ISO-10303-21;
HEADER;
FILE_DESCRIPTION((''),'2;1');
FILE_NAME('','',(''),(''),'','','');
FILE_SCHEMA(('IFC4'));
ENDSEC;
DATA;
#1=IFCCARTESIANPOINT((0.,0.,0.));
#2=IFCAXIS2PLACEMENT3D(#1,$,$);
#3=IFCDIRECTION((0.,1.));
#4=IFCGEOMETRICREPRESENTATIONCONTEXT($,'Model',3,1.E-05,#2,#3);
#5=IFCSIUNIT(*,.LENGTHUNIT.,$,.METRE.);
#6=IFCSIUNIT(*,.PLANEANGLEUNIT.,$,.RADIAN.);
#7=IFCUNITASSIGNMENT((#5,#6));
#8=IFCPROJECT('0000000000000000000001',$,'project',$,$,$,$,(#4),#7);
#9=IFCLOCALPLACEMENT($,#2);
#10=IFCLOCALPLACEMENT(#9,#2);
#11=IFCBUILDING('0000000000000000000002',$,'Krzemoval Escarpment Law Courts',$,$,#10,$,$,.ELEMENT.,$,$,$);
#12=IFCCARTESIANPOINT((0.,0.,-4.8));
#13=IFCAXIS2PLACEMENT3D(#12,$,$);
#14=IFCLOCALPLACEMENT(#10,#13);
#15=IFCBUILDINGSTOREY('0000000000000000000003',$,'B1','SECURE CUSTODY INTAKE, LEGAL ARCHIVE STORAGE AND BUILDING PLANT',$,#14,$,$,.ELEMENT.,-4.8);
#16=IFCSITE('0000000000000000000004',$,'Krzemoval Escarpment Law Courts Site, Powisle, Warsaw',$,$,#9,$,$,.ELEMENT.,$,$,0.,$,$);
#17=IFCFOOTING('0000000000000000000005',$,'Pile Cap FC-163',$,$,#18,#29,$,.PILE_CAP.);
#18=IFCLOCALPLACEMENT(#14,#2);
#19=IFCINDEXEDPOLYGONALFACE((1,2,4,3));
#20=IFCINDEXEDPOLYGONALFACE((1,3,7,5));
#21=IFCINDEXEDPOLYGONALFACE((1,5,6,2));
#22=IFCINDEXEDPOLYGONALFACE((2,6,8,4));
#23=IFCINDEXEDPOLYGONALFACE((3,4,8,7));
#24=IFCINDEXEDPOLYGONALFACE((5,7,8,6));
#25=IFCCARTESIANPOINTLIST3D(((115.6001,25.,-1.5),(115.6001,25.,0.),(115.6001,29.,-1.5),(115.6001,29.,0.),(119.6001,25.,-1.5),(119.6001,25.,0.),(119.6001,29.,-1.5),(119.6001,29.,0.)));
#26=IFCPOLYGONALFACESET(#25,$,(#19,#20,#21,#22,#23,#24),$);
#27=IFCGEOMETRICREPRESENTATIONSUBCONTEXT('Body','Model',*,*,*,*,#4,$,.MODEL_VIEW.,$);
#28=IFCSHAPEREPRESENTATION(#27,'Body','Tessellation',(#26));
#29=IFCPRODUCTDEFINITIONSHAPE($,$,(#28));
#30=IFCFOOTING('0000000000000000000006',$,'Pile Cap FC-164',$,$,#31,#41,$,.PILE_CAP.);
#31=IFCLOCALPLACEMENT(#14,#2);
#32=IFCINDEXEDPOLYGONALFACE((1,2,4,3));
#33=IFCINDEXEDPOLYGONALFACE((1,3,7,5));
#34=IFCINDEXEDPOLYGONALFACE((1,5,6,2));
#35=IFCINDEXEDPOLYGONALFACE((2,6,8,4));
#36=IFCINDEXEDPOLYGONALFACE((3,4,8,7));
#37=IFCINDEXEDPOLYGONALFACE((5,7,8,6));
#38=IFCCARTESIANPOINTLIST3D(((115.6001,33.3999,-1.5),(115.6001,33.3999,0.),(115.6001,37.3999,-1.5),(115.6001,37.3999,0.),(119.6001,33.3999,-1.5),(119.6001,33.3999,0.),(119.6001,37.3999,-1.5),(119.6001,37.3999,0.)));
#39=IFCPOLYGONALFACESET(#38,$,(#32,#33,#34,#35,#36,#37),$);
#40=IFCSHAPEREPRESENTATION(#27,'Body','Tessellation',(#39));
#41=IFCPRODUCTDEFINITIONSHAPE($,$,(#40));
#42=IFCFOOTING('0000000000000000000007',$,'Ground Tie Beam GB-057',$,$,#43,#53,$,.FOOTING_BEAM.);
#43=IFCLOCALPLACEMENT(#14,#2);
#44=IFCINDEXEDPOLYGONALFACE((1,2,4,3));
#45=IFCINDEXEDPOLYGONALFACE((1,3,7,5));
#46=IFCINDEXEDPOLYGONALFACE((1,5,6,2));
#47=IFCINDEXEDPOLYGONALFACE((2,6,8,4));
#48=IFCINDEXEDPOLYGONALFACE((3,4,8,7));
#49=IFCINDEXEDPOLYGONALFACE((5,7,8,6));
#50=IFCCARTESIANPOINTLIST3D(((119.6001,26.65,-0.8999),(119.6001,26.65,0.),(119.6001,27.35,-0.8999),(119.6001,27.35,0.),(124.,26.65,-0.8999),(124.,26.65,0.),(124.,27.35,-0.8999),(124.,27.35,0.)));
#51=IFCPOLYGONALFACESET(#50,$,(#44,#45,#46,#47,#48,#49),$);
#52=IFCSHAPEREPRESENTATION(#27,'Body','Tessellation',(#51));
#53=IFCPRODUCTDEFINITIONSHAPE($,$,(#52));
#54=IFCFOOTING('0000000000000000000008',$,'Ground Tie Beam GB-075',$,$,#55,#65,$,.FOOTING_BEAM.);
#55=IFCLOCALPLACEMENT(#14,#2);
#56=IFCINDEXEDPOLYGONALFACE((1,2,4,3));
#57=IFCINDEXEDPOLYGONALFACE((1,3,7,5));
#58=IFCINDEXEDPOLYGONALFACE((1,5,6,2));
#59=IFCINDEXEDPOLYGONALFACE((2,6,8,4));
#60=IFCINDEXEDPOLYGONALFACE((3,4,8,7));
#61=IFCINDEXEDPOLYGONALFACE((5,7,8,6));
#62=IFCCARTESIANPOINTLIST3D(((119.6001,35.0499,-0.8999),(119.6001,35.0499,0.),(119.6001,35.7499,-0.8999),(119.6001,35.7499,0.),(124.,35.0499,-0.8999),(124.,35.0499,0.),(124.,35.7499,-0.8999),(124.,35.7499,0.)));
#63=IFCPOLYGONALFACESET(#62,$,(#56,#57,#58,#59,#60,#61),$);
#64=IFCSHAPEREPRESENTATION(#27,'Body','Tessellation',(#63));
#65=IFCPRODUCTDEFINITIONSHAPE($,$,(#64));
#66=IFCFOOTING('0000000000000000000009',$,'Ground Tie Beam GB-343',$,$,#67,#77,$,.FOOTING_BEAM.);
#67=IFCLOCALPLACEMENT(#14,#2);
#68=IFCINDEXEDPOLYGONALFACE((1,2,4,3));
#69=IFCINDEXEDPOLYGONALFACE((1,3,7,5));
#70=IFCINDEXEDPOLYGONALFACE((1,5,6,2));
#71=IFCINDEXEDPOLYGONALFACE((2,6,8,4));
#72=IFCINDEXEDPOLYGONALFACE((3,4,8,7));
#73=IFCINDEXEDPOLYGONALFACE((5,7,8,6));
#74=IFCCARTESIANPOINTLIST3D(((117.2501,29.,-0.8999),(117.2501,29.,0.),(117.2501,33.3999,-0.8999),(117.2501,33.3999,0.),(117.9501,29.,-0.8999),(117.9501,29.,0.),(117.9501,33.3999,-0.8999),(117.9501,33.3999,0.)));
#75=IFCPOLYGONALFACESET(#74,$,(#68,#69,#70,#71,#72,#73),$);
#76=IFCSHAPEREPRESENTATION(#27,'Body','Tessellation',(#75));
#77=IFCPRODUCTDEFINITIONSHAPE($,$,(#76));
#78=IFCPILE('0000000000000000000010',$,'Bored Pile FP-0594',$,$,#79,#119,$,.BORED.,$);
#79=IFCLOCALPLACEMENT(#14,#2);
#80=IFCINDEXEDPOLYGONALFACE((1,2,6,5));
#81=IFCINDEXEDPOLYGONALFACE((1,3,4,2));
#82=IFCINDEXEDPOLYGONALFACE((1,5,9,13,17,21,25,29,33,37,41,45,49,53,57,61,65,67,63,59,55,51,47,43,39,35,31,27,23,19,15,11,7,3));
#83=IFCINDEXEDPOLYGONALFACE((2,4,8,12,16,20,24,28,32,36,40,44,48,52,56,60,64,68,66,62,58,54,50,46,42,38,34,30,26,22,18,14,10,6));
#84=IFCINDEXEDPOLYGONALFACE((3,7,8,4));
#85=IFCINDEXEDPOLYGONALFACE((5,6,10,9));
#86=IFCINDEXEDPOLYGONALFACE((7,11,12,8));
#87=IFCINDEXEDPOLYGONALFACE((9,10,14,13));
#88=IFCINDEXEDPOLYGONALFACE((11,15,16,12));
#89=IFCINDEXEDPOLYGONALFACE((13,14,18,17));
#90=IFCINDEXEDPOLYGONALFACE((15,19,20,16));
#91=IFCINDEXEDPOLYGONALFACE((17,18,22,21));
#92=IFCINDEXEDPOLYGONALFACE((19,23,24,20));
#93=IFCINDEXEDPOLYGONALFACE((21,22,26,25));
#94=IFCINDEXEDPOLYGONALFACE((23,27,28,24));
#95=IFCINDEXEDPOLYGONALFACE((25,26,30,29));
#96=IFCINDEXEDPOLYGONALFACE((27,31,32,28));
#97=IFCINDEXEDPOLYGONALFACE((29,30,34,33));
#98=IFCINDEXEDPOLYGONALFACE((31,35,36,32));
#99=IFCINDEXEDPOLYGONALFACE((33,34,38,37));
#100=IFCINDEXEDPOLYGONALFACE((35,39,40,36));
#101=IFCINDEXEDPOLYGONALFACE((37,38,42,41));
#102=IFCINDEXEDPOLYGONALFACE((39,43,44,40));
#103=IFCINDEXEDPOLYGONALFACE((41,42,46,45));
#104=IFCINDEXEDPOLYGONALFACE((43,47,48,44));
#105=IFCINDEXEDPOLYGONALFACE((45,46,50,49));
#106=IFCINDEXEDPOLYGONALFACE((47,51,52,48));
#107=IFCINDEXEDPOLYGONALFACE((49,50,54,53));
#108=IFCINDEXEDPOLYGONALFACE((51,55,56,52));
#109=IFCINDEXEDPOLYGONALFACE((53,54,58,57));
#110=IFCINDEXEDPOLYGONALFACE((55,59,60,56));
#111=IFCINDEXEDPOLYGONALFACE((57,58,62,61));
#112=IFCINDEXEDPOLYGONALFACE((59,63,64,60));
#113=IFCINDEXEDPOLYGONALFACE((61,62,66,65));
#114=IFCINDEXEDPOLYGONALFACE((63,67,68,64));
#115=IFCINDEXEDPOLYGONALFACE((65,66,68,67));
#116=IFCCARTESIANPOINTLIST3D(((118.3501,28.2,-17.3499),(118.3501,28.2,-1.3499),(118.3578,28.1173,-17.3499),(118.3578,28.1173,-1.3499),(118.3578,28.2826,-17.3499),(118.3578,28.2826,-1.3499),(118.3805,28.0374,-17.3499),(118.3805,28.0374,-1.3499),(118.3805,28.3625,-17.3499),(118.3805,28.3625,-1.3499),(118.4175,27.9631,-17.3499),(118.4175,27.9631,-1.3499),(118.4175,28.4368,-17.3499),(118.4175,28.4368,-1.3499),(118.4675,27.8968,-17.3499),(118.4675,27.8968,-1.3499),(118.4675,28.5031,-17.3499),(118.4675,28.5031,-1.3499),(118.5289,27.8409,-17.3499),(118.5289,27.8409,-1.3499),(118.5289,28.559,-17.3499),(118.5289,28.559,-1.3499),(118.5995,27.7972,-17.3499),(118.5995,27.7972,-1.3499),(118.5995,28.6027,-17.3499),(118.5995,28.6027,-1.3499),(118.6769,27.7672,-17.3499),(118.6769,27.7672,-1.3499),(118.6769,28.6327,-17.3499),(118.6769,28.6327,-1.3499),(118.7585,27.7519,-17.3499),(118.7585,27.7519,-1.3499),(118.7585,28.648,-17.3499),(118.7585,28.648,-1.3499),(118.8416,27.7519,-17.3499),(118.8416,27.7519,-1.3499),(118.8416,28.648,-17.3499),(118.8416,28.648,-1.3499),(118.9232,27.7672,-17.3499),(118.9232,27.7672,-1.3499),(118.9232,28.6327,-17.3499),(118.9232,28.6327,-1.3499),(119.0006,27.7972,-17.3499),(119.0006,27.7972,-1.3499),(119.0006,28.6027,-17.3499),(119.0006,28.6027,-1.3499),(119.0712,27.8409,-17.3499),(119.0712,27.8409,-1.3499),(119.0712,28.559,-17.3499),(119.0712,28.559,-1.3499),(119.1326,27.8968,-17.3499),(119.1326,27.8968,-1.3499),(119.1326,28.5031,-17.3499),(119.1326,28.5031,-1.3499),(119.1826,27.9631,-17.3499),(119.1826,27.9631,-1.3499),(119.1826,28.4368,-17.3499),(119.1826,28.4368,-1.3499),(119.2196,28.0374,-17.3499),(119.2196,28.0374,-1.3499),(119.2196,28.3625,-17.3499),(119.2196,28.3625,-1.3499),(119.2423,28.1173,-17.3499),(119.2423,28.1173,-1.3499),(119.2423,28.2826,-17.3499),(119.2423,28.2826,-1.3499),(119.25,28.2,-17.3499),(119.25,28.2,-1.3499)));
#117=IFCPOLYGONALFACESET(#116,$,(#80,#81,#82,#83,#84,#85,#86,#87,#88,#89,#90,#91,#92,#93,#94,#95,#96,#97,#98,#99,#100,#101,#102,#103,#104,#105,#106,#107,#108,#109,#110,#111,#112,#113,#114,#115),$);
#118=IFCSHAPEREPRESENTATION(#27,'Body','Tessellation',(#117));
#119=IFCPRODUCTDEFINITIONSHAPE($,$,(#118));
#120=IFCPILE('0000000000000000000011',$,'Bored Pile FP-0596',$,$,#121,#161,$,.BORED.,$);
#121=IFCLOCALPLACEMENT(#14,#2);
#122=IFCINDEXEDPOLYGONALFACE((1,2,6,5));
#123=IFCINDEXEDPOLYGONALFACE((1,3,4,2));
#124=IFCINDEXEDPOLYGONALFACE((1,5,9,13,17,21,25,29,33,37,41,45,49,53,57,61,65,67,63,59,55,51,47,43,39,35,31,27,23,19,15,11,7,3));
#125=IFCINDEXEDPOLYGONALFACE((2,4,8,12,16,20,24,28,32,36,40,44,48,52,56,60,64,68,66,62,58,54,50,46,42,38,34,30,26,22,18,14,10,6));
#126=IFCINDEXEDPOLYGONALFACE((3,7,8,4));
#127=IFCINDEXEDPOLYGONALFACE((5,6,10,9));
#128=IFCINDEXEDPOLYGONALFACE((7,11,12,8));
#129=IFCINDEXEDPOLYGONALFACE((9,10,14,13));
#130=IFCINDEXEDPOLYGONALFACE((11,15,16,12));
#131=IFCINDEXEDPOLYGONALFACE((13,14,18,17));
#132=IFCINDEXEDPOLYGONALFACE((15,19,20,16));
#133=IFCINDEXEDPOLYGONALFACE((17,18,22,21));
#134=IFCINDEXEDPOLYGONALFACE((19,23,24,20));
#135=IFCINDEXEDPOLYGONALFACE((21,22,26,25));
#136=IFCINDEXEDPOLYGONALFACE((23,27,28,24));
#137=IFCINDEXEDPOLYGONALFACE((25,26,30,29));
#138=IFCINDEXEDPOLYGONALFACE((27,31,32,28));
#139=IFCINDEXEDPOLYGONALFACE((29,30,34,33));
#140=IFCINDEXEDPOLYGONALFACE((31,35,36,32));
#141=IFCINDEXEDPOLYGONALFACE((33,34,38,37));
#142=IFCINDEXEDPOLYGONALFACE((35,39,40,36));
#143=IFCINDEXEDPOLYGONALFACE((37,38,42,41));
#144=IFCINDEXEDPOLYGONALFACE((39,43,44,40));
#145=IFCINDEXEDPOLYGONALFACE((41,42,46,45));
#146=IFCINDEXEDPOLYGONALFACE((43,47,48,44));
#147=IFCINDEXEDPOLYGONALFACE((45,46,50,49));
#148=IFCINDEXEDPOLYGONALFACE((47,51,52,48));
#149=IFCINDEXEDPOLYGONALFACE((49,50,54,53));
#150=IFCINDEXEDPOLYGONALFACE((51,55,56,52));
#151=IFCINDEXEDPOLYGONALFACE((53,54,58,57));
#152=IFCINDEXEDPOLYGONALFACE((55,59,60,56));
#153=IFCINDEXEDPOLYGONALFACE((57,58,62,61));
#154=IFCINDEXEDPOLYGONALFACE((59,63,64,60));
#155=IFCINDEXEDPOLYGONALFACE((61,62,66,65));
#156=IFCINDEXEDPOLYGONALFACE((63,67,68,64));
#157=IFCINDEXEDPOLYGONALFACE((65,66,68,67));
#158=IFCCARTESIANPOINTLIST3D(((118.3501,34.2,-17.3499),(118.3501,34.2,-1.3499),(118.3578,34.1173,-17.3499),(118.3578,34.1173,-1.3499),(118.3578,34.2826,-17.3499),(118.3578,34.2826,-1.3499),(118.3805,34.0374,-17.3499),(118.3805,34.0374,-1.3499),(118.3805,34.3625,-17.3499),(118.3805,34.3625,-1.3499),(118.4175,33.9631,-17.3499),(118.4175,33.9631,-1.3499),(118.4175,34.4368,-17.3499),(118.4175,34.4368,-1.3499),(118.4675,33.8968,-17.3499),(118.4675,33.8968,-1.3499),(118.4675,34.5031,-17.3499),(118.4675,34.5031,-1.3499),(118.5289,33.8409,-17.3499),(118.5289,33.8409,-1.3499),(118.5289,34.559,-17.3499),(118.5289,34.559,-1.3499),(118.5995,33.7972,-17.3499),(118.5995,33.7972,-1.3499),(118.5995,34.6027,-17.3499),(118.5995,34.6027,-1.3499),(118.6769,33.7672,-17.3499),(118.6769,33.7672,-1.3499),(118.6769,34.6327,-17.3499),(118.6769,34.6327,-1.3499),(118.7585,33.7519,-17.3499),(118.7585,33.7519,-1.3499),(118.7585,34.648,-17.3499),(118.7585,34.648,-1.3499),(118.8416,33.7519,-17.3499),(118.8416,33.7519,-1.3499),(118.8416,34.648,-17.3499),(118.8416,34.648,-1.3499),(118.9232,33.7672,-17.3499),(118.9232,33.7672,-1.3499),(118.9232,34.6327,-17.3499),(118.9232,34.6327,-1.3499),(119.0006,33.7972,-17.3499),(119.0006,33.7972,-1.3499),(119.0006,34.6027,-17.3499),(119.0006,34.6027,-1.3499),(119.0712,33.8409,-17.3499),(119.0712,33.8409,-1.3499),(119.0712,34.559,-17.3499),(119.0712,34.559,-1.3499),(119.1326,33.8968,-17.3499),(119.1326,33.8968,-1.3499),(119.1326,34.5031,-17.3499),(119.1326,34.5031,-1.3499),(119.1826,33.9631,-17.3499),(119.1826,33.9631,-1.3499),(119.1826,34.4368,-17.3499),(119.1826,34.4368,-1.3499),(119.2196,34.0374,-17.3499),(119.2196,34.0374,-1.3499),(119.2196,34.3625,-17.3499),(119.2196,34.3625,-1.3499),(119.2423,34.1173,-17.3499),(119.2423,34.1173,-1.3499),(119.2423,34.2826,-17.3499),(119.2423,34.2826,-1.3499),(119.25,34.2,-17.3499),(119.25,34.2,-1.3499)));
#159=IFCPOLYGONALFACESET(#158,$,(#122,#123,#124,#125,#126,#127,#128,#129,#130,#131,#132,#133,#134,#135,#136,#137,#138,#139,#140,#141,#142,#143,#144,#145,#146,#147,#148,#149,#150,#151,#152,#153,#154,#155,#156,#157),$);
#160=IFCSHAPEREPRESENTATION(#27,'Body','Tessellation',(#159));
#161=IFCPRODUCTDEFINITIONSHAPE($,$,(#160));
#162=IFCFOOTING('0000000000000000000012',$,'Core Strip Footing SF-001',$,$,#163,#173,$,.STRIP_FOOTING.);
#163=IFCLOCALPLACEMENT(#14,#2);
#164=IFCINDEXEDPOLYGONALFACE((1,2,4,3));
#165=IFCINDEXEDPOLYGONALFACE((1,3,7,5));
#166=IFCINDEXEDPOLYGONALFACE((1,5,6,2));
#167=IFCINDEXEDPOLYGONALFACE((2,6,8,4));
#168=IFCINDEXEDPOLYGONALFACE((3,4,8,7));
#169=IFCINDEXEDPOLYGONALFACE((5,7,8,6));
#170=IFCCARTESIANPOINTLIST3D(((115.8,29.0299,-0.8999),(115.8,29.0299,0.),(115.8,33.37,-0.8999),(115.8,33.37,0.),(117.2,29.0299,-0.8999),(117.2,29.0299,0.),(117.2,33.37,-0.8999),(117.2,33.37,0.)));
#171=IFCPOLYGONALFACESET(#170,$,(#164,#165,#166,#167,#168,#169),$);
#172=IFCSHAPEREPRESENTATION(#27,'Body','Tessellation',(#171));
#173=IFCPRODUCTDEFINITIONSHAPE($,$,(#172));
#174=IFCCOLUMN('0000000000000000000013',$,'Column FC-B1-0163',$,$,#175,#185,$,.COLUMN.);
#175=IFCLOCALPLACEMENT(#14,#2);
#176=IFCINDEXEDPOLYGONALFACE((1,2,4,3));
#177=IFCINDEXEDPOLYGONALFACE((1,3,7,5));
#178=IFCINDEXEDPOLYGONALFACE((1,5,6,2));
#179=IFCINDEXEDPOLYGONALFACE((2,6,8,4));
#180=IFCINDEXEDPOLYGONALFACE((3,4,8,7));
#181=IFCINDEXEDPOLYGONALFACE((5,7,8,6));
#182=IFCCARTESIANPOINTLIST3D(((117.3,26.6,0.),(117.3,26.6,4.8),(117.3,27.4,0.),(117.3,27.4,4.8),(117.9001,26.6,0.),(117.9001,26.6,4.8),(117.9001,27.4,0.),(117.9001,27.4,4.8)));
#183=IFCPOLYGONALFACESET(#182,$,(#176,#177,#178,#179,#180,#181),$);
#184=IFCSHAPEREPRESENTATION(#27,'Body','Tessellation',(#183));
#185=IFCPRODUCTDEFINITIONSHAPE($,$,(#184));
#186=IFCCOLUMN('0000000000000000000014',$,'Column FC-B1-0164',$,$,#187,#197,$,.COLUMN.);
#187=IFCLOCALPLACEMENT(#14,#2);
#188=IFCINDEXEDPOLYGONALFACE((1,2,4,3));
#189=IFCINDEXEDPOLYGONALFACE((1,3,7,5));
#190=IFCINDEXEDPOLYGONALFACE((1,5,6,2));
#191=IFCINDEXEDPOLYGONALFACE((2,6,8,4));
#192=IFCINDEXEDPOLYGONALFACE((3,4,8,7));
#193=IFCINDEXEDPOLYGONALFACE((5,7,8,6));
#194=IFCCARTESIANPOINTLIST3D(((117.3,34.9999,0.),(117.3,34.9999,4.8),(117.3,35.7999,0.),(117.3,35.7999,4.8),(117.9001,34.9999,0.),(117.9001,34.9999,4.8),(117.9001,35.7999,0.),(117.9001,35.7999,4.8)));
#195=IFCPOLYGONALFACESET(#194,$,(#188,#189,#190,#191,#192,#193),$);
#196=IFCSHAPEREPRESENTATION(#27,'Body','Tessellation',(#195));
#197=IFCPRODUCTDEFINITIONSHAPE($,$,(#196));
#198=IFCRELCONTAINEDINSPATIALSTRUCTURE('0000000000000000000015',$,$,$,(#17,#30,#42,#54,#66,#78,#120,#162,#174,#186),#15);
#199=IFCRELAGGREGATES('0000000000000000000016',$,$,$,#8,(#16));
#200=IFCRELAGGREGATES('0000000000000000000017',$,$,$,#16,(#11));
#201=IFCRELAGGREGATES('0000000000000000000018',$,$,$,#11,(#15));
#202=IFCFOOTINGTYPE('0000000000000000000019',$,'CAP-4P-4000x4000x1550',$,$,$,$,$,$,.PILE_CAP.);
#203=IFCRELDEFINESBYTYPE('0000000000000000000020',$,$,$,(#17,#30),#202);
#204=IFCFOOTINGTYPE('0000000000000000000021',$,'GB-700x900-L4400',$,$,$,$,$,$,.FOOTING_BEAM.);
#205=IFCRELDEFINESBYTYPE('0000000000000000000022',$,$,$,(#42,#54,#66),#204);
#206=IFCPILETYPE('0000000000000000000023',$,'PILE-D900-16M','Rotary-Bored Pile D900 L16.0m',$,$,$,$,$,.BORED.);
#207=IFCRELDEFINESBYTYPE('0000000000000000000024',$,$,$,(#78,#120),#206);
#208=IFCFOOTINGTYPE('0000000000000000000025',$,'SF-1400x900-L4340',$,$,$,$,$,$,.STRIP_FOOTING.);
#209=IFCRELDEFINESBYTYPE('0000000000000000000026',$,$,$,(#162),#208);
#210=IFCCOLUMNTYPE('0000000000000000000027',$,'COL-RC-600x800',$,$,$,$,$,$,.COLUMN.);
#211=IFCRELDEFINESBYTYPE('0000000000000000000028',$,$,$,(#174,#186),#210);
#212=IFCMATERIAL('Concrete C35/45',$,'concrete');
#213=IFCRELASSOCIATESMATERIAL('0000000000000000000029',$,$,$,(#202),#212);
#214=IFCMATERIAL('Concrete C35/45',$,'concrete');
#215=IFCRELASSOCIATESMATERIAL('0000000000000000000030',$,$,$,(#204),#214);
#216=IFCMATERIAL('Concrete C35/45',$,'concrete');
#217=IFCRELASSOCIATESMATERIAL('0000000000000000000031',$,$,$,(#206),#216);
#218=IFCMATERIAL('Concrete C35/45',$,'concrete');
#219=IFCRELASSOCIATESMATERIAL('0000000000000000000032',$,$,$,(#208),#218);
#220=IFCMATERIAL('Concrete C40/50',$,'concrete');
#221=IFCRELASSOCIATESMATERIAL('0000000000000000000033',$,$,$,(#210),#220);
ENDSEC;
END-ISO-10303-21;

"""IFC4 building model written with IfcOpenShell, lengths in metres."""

from ifc_helpers import new_model, si_unit, direction, frame, origin, origin_2d, place, context, subcontext, project, spatial, rectangle, circle, extrude, material, material_profile, profile_set, type_object, element, save


model = new_model("IFC4")

# Units and contexts
model_context = context("Model", 3, precision=1e-05, world=origin(), true_north=direction((0.0, 1.0)))
body_context = subcontext(model_context, "Body", "Model", "MODEL_VIEW")
ifc_project = project(units=[si_unit("LENGTHUNIT", "METRE"), si_unit("PLANEANGLEUNIT", "RADIAN")], contexts=[model_context])

# Site, building, storey
site_placement = place(None, origin())
site = spatial("IfcSite", under=ifc_project, at=site_placement, Name="Krzemoval Escarpment Law Courts Site, Powisle, Warsaw", CompositionType="ELEMENT", RefElevation=0.0)
building_placement = place(site_placement, origin())
building = spatial("IfcBuilding", under=site, at=building_placement, Name="Krzemoval Escarpment Law Courts", CompositionType="ELEMENT")
storey_placement = place(building_placement, frame((0.0, 0.0, -4.8)))
storey = spatial("IfcBuildingStorey", under=building, at=storey_placement, Name="B1", Description="SECURE CUSTODY INTAKE, LEGAL ARCHIVE STORAGE AND BUILDING PLANT", CompositionType="ELEMENT", Elevation=-4.8)

# Footings
ifc_material_1 = material(Name="Concrete C35/45", Category="concrete")
footing_type_1 = type_object("IfcFootingType", Name="CAP-4P-4000x4000x1550", PredefinedType="PILE_CAP", material=ifc_material_1)
for number, where, z_axis, x_axis, name in (
    (1, (117.6001, 27.0, -1.5), (0.0, 0.0, 1.0), (1.0, 0.0, 0.0), "Pile Cap FC-163"),
    (2, (117.6001, 35.3999, -1.5), (0.0, 0.0, 1.0), (1.0, 0.0, 0.0), "Pile Cap FC-164"),
):
    element("IfcFooting", number, at=place(storey_placement, frame(where, z_axis=z_axis, x_axis=x_axis)), inside=storey, type_object=footing_type_1, Name=name, PredefinedType="PILE_CAP", context=body_context, shape_type="SweptSolid", body=[
        extrude(rectangle(XDim=4.0, YDim=4.0, at=origin_2d()), origin(), (0.0, 0.0, 1.0), 1.5),
    ])
ifc_material_2 = material(Name="Concrete C35/45", Category="concrete")
footing_type_2 = type_object("IfcFootingType", Name="GB-700x900-L4400", PredefinedType="FOOTING_BEAM", material=ifc_material_2)
for number, where, z_axis, x_axis, name in (
    (3, (121.8, 27.0, -0.8999), (0.0, 0.0, 1.0), (1.0, 0.0, 0.0), "Ground Tie Beam GB-057"),
    (4, (121.8, 35.3999, -0.8999), (0.0, 0.0, 1.0), (1.0, 0.0, 0.0), "Ground Tie Beam GB-075"),
    (5, (117.6001, 31.2, -0.8999), (0.0, 0.0, 1.0), (0.0, 1.0, 0.0), "Ground Tie Beam GB-343"),
):
    element("IfcFooting", number, at=place(storey_placement, frame(where, z_axis=z_axis, x_axis=x_axis)), inside=storey, type_object=footing_type_2, Name=name, PredefinedType="FOOTING_BEAM", context=body_context, shape_type="SweptSolid", body=[
        extrude(rectangle(XDim=4.3999, YDim=0.7, at=origin_2d()), origin(), (0.0, 0.0, 1.0), 0.8999),
    ])

# Piles
ifc_material_3 = material(Name="Concrete C35/45", Category="concrete")
ifc_material_profile_1 = material_profile(ifc_material_3, circle(Radius=0.45, at=origin_2d()), Name="PILE D900")
ifc_profile_set_1 = profile_set([ifc_material_profile_1], Name="Concrete C35/45")
pile_type = type_object("IfcPileType", Name="PILE-D900-16M", Description="Rotary-Bored Pile D900 L16.0m", PredefinedType="BORED", material=ifc_profile_set_1)
for number, where, z_axis, x_axis, name in (
    (6, (118.8, 28.2, -1.3499), (0.0, 0.0, -1.0), (1.0, 0.0, 0.0), "Bored Pile FP-0594"),
    (7, (118.8, 34.2, -1.3499), (0.0, 0.0, -1.0), (1.0, 0.0, 0.0), "Bored Pile FP-0596"),
):
    element("IfcPile", number, at=place(storey_placement, frame(where, z_axis=z_axis, x_axis=x_axis)), inside=storey, type_object=pile_type, Name=name, PredefinedType="BORED", context=body_context, shape_type="SweptSolid", body=[
        extrude(circle(Radius=0.45, at=origin_2d()), origin(), (0.0, 0.0, 1.0), 16.0),
    ])

# Footing
ifc_material_4 = material(Name="Concrete C35/45", Category="concrete")
footing_type_3 = type_object("IfcFootingType", Name="SF-1400x900-L4340", PredefinedType="STRIP_FOOTING", material=ifc_material_4)
footing_placement = place(storey_placement, frame((116.5, 31.2, -0.8999), z_axis=(0.0, 0.0, 1.0), x_axis=(0.0, 1.0, 0.0)))
element("IfcFooting", 8, at=footing_placement, inside=storey, type_object=footing_type_3, Name="Core Strip Footing SF-001", PredefinedType="STRIP_FOOTING", context=body_context, shape_type="SweptSolid", body=[
    extrude(rectangle(XDim=4.3401, YDim=1.3999, at=origin_2d()), origin(), (0.0, 0.0, 1.0), 0.8999),
])

# Columns
ifc_material_5 = material(Name="Concrete C40/50", Category="concrete")
ifc_material_profile_2 = material_profile(ifc_material_5, rectangle(XDim=0.6001, YDim=0.8, at=origin_2d()), Name="RC 600x800")
ifc_profile_set_2 = profile_set([ifc_material_profile_2], Name="Concrete C40/50")
column_type = type_object("IfcColumnType", Name="COL-RC-600x800", PredefinedType="COLUMN", material=ifc_profile_set_2)
for number, where, z_axis, x_axis, name in (
    (9, (117.6001, 27.0, 0.0), (0.0, 0.0, 1.0), (1.0, 0.0, 0.0), "Column FC-B1-0163"),
    (10, (117.6001, 35.3999, 0.0), (0.0, 0.0, 1.0), (1.0, 0.0, 0.0), "Column FC-B1-0164"),
):
    element("IfcColumn", number, at=place(storey_placement, frame(where, z_axis=z_axis, x_axis=x_axis)), inside=storey, type_object=column_type, Name=name, PredefinedType="COLUMN", context=body_context, shape_type="SweptSolid", body=[
        extrude(rectangle(XDim=0.6001, YDim=0.8, at=origin_2d()), origin(), (0.0, 0.0, 1.0), 4.8),
    ])

save(model, "model.ifc")
